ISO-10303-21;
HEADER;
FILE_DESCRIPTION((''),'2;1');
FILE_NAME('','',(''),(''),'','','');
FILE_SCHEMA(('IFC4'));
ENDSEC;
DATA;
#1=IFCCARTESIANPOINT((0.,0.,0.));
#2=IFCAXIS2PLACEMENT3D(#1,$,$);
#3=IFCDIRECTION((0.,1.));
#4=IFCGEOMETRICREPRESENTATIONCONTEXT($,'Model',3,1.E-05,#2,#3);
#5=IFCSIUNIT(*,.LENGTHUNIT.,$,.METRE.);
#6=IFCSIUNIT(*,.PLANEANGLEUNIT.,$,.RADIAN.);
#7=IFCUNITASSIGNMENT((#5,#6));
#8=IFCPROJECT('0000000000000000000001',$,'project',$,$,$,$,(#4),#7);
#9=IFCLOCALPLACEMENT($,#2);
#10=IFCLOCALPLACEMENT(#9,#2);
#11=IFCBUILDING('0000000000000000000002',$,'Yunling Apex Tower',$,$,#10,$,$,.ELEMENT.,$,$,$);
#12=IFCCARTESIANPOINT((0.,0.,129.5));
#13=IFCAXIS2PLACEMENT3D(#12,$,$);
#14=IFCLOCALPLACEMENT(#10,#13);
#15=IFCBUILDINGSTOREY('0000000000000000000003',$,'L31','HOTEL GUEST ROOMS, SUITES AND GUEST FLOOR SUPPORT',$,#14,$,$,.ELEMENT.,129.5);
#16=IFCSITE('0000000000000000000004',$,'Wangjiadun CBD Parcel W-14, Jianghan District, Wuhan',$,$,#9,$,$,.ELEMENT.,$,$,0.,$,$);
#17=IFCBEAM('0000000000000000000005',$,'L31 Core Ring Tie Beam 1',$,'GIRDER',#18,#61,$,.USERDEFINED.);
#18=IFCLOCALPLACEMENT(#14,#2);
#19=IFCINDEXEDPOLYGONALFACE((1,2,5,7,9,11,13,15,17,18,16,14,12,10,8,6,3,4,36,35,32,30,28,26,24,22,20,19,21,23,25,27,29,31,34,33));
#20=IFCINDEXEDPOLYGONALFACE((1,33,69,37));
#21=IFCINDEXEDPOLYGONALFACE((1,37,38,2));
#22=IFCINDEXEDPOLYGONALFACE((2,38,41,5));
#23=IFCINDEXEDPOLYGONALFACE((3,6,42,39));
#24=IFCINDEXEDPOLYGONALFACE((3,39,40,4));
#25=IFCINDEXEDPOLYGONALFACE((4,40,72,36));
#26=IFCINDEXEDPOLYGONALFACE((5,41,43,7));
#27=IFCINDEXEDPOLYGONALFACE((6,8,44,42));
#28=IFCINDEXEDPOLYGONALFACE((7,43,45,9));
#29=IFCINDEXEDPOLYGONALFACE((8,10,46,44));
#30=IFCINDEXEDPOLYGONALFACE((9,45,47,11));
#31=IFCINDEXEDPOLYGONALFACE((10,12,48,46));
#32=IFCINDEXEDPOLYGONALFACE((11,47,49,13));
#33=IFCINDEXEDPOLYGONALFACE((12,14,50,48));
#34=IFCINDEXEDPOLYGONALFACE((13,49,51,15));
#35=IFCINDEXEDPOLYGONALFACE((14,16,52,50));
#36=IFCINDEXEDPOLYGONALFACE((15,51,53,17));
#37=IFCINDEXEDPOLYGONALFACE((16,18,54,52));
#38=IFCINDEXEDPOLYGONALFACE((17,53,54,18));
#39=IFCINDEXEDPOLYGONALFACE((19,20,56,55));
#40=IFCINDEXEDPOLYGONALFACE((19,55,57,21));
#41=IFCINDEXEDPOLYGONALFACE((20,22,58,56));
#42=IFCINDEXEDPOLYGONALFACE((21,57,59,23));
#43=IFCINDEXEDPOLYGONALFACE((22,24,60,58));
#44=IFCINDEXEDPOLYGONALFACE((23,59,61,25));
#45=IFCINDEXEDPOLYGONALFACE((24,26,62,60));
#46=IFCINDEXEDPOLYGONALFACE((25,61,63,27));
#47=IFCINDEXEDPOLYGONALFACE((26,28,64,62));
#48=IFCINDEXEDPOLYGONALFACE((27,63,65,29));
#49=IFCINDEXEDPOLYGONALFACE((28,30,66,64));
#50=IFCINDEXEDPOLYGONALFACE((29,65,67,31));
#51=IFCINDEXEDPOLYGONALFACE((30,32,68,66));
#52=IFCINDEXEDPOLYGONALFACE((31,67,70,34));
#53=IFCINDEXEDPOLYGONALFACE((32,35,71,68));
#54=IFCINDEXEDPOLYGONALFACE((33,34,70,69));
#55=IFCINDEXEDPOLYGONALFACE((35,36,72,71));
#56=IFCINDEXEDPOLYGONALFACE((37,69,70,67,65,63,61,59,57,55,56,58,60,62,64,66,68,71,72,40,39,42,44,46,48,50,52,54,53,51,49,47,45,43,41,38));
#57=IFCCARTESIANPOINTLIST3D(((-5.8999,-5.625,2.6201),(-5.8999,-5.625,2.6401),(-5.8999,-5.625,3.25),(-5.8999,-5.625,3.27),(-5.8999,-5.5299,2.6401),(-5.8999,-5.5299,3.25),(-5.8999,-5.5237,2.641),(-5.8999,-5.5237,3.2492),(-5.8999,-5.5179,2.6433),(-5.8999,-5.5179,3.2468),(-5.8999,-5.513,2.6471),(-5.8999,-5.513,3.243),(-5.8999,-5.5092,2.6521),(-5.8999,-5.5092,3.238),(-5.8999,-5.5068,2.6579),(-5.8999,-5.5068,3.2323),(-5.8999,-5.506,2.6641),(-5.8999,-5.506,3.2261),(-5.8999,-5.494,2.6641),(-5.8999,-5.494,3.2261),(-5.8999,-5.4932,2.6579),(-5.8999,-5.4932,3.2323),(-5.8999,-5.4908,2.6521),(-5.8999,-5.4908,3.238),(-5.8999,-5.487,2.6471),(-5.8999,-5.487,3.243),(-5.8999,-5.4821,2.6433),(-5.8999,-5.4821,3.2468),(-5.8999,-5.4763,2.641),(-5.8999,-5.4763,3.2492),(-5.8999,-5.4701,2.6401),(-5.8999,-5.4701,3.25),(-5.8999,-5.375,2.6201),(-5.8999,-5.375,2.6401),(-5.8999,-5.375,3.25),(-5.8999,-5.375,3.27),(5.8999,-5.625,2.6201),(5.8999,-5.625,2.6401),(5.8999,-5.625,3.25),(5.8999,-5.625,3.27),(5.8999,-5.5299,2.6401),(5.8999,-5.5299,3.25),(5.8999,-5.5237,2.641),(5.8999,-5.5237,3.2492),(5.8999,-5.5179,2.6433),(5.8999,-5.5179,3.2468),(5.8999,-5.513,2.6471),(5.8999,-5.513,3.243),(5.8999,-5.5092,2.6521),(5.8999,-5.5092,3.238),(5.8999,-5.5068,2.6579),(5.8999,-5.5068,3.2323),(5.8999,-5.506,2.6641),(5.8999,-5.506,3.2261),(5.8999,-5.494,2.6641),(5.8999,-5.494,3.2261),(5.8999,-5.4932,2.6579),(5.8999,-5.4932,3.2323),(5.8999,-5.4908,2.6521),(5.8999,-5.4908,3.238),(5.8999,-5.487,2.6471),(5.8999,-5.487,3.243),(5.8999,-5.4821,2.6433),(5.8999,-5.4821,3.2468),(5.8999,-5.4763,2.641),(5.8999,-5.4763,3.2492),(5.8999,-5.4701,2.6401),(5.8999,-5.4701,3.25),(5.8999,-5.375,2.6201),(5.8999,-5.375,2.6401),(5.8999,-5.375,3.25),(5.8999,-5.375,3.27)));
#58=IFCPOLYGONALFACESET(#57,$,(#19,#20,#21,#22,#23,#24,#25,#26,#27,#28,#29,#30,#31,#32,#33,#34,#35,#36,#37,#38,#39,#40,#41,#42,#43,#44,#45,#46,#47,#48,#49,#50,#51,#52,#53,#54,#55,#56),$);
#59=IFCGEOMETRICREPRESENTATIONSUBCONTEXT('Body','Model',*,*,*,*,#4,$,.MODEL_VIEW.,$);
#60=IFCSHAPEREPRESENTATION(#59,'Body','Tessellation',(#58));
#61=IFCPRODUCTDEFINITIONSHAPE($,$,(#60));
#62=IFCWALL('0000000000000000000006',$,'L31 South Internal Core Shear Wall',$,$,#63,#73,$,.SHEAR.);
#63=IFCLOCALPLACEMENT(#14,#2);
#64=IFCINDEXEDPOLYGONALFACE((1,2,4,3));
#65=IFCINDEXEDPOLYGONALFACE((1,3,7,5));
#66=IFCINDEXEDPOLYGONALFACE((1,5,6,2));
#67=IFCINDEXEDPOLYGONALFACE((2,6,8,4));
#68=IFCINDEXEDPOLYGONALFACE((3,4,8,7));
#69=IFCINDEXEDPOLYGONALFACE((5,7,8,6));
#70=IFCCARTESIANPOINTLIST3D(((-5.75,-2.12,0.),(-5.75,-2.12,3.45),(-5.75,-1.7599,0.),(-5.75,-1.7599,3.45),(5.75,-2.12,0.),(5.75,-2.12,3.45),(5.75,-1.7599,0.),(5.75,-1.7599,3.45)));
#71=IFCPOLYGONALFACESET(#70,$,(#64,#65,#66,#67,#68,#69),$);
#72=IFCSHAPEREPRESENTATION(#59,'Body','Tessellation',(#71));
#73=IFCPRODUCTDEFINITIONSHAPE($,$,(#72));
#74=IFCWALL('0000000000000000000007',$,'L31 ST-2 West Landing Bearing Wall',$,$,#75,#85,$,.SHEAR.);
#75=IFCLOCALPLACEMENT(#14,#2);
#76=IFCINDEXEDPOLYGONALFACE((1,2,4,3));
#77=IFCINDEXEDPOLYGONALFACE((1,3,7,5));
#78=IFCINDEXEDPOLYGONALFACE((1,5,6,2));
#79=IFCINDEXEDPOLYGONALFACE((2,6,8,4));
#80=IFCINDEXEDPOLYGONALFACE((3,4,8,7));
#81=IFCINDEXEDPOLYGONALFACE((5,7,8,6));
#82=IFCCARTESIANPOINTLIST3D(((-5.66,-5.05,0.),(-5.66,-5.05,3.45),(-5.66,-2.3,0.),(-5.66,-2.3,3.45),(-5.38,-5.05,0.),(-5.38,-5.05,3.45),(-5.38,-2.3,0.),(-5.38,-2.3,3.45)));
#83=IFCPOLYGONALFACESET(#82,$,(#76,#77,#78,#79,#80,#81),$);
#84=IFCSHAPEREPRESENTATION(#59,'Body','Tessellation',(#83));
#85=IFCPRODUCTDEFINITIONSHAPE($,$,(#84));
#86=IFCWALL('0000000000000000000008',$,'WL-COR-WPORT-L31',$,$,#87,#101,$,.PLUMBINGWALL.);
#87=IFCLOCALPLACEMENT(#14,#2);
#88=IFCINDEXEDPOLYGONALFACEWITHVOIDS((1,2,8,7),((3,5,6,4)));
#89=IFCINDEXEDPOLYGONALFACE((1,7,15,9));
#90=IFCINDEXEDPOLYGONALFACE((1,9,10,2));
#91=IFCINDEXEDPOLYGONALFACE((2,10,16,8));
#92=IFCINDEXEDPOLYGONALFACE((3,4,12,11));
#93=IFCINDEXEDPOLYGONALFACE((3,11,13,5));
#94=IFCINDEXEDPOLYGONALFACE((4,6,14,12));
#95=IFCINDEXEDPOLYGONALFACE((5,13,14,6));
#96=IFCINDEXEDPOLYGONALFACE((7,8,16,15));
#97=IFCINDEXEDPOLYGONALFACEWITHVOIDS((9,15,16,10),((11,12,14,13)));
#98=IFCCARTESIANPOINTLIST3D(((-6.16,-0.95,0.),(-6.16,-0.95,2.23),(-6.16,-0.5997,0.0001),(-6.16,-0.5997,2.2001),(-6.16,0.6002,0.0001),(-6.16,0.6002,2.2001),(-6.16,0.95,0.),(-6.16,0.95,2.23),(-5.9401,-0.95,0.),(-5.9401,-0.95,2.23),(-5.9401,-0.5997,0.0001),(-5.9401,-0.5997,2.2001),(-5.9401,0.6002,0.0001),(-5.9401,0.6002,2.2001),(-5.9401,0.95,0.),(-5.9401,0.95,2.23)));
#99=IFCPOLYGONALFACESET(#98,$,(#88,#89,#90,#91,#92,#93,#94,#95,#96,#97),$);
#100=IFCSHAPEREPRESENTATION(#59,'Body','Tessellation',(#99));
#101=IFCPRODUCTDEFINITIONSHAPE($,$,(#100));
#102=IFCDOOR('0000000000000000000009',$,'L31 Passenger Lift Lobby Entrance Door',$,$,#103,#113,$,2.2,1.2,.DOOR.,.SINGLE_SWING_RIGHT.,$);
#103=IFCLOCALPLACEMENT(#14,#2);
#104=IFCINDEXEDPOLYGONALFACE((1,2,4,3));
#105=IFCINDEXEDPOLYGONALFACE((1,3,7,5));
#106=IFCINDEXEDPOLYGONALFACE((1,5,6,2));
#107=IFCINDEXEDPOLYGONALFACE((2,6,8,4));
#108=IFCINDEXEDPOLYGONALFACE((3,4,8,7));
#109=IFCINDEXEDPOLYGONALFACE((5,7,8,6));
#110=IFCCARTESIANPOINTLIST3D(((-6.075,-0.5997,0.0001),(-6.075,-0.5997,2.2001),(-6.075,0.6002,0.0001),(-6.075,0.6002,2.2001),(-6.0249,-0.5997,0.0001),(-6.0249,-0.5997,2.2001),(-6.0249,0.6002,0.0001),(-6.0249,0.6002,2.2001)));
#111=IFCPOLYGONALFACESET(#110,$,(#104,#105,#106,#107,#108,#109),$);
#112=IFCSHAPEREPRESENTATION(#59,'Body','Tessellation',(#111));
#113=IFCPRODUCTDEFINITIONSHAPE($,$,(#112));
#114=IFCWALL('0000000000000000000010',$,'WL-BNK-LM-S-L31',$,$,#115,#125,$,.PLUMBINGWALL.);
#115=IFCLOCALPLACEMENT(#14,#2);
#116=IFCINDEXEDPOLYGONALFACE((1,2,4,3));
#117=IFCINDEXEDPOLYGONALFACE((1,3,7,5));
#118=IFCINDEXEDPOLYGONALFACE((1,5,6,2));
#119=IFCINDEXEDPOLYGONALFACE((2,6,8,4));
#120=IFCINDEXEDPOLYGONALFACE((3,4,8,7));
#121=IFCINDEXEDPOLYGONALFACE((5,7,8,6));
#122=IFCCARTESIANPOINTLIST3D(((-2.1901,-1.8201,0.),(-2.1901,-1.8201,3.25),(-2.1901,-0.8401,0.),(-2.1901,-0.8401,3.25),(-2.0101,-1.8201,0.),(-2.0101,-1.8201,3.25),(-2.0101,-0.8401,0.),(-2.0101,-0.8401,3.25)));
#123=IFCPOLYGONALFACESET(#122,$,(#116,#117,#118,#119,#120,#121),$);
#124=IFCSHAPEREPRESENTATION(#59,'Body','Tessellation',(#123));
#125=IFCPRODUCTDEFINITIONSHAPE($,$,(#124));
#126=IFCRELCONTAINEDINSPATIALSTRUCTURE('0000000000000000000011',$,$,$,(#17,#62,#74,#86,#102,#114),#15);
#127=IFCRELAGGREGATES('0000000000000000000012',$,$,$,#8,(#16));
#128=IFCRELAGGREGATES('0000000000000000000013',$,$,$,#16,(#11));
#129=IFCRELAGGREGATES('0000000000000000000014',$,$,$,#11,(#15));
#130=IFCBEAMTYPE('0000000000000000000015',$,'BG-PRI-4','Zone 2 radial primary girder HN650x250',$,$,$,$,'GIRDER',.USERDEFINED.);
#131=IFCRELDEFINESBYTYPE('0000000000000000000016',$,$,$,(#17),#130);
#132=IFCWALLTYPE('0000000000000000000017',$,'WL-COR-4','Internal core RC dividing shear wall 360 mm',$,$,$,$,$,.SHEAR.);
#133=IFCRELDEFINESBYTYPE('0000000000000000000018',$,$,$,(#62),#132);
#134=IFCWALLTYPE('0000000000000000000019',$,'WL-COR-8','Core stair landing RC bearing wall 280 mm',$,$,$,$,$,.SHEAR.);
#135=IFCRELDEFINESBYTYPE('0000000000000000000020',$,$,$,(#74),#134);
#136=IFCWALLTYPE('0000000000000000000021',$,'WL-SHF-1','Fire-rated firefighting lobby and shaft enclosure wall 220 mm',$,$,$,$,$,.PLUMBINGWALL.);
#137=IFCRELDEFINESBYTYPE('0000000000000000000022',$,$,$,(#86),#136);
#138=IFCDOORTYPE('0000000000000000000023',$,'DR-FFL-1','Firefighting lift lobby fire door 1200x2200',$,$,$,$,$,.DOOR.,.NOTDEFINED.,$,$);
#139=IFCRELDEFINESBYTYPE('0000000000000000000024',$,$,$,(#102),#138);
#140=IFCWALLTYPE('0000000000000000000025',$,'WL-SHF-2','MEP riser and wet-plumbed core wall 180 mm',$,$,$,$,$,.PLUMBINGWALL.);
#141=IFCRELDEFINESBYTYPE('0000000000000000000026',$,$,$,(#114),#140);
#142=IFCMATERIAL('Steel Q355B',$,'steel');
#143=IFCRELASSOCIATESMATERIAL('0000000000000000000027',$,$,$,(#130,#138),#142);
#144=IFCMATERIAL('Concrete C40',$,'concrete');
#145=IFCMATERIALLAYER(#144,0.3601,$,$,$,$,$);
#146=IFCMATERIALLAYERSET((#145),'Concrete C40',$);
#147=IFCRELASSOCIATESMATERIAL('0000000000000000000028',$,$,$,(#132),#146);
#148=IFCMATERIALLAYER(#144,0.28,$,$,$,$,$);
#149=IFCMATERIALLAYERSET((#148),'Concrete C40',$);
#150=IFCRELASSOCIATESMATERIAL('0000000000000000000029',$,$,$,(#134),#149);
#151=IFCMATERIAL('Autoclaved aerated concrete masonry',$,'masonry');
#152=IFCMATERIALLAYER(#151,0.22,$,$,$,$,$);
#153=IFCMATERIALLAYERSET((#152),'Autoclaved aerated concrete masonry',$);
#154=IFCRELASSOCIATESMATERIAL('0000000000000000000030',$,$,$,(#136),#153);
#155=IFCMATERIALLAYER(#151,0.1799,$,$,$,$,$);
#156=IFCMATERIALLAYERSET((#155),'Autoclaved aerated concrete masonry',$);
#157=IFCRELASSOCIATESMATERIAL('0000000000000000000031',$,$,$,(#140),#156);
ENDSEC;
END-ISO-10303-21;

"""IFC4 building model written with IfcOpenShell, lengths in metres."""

from ifc_helpers import new_model, si_unit, direction, frame, frame_2d, origin, origin_2d, place, context, subcontext, project, spatial, rectangle, i_section, extrude, source, transform, mapped, material, layer, layer_set, material_profile, profile_set, type_object, element, fill, save


model = new_model("IFC4")

# Units and contexts
model_context = context("Model", 3, precision=1e-05, world=origin(), true_north=direction((0.0, 1.0)))
body_context = subcontext(model_context, "Body", "Model", "MODEL_VIEW")
ifc_project = project(units=[si_unit("LENGTHUNIT", "METRE"), si_unit("PLANEANGLEUNIT", "RADIAN")], contexts=[model_context])

# Site, building, storey
site_placement = place(None, origin())
site = spatial("IfcSite", under=ifc_project, at=site_placement, Name="Wangjiadun CBD Parcel W-14, Jianghan District, Wuhan", CompositionType="ELEMENT", RefElevation=0.0)
building_placement = place(site_placement, origin())
building = spatial("IfcBuilding", under=site, at=building_placement, Name="Yunling Apex Tower", CompositionType="ELEMENT")
storey_placement = place(building_placement, frame((0.0, 0.0, 129.5)))
storey = spatial("IfcBuildingStorey", under=building, at=storey_placement, Name="L31", Description="HOTEL GUEST ROOMS, SUITES AND GUEST FLOOR SUPPORT", CompositionType="ELEMENT", Elevation=129.5)

# Beam
ifc_material_1 = material(Name="Steel Q355B", Category="steel")
ifc_material_profile_1 = material_profile(ifc_material_1, i_section(OverallWidth=0.25, OverallDepth=0.6499, WebThickness=0.012, FlangeThickness=0.02, FilletRadius=0.0239, at=origin_2d()))
ifc_profile_set_1 = profile_set([ifc_material_profile_1], Name="Steel Q355B")
beam_type_1 = type_object("IfcBeamType", Name="BG-PRI-4", Description="Zone 2 radial primary girder HN650x250", ElementType="GIRDER", PredefinedType="USERDEFINED", material=ifc_profile_set_1)
shared_shape_1 = source(origin(), body_context, "Body", "SweptSolid", [
    extrude(i_section(OverallWidth=0.25, OverallDepth=0.6499, WebThickness=0.012, FlangeThickness=0.02, FilletRadius=0.0239, at=origin_2d()), origin(), (0.0, 0.0, 1.0), 11.7998),
])
beam_1_placement = place(storey_placement, frame((-5.8999, -5.5, 2.9451), z_axis=(1.0, 0.0, 0.0), x_axis=(0.0, 1.0, 0.0)))
element("IfcBeam", 1, at=beam_1_placement, inside=storey, type_object=beam_type_1, Name="L31 Core Ring Tie Beam 1", ObjectType="GIRDER", PredefinedType="USERDEFINED", context=body_context, shape_type="MappedRepresentation", body=[
    mapped(shared_shape_1, transform((0.0, 0.0, 0.0), scale=1.0)),
])

# Walls
ifc_material_2 = material(Name="Concrete C40", Category="concrete")
ifc_layer_1 = layer(ifc_material_2, 0.3601)
ifc_layer_set_1 = layer_set([ifc_layer_1], Name="Concrete C40")
wall_type_1 = type_object("IfcWallType", Name="WL-COR-4", Description="Internal core RC dividing shear wall 360 mm", PredefinedType="SHEAR", material=ifc_layer_set_1)
wall_1_placement = place(storey_placement, frame((-5.75, -1.9399, 0.0), z_axis=(0.0, 0.0, 1.0), x_axis=(1.0, 0.0, 0.0)))
element("IfcWall", 2, at=wall_1_placement, inside=storey, type_object=wall_type_1, Name="L31 South Internal Core Shear Wall", PredefinedType="SHEAR", context=body_context, shape_type="SweptSolid", body=[
    extrude(rectangle(XDim=11.5, YDim=0.3601, at=frame_2d((5.75, 0.0))), origin(), (0.0, 0.0, 1.0), 3.45),
])
ifc_layer_2 = layer(ifc_material_2, 0.28)
ifc_layer_set_2 = layer_set([ifc_layer_2], Name="Concrete C40")
wall_type_2 = type_object("IfcWallType", Name="WL-COR-8", Description="Core stair landing RC bearing wall 280 mm", PredefinedType="SHEAR", material=ifc_layer_set_2)
wall_2_placement = place(storey_placement, frame((-5.52, -5.05, 0.0), z_axis=(0.0, 0.0, 1.0), x_axis=(0.0, 1.0, 0.0)))
element("IfcWall", 3, at=wall_2_placement, inside=storey, type_object=wall_type_2, Name="L31 ST-2 West Landing Bearing Wall", PredefinedType="SHEAR", context=body_context, shape_type="SweptSolid", body=[
    extrude(rectangle(XDim=2.75, YDim=0.28, at=frame_2d((1.375, 0.0))), origin(), (0.0, 0.0, 1.0), 3.45),
])

# Wall, opening, door
ifc_material_3 = material(Name="Autoclaved aerated concrete masonry", Category="masonry")
ifc_layer_3 = layer(ifc_material_3, 0.22)
ifc_layer_set_3 = layer_set([ifc_layer_3], Name="Autoclaved aerated concrete masonry")
wall_type_3 = type_object("IfcWallType", Name="WL-SHF-1", Description="Fire-rated firefighting lobby and shaft enclosure wall 220 mm", PredefinedType="PLUMBINGWALL", material=ifc_layer_set_3)
wall_3_placement = place(storey_placement, frame((-6.05, -0.95, 0.0), z_axis=(0.0, 0.0, 1.0), x_axis=(0.0, 1.0, 0.0)))
wall_3 = element("IfcWall", 4, at=wall_3_placement, inside=storey, type_object=wall_type_3, Name="WL-COR-WPORT-L31", PredefinedType="PLUMBINGWALL", context=body_context, shape_type="SweptSolid", body=[
    extrude(rectangle(XDim=1.8999, YDim=0.22, at=frame_2d((0.95, 0.0))), origin(), (0.0, 0.0, 1.0), 2.23),
])
opening_1_placement = place(wall_3_placement, frame((0.3501, 0.0, 0.0)))
opening_1 = element("IfcOpeningElement", 5, at=opening_1_placement, cuts=wall_3, PredefinedType="OPENING", context=body_context, shape_type="SweptSolid", body=[
    extrude(rectangle(XDim=1.2, YDim=2.2, at=frame_2d((0.6001, 1.1001))), frame((0.0, 0.1201, 0.0), z_axis=(0.0, -1.0, 0.0), x_axis=(1.0, 0.0, 0.0)), (0.0, 0.0, 1.0), 0.24),
])
door_type_1 = type_object("IfcDoorType", Name="DR-FFL-1", Description="Firefighting lift lobby fire door 1200x2200", OperationType="NOTDEFINED", PredefinedType="DOOR", material=ifc_material_1)
door_1_placement = place(opening_1_placement, origin())
door_1 = element("IfcDoor", 6, at=door_1_placement, inside=storey, type_object=door_type_1, Name="L31 Passenger Lift Lobby Entrance Door", OperationType="SINGLE_SWING_RIGHT", OverallHeight=2.2, OverallWidth=1.2, PredefinedType="DOOR", context=body_context, shape_type="SweptSolid", body=[
    extrude(rectangle(XDim=1.2, YDim=2.2, at=frame_2d((0.6001, 1.1001))), frame((0.0, 0.0249, 0.0), z_axis=(0.0, -1.0, 0.0), x_axis=(1.0, 0.0, 0.0)), (0.0, 0.0, 1.0), 0.05),
])
fill(opening_1, door_1)

# Wall
ifc_layer_4 = layer(ifc_material_3, 0.1799)
ifc_layer_set_4 = layer_set([ifc_layer_4], Name="Autoclaved aerated concrete masonry")
wall_type_4 = type_object("IfcWallType", Name="WL-SHF-2", Description="MEP riser and wet-plumbed core wall 180 mm", PredefinedType="PLUMBINGWALL", material=ifc_layer_set_4)
wall_4_placement = place(storey_placement, frame((-2.1001, -1.8201, 0.0), z_axis=(0.0, 0.0, 1.0), x_axis=(0.0, 1.0, 0.0)))
element("IfcWall", 7, at=wall_4_placement, inside=storey, type_object=wall_type_4, Name="WL-BNK-LM-S-L31", PredefinedType="PLUMBINGWALL", context=body_context, shape_type="SweptSolid", body=[
    extrude(rectangle(XDim=0.98, YDim=0.1799, at=frame_2d((0.49, 0.0))), origin(), (0.0, 0.0, 1.0), 3.25),
])

save(model, "model.ifc")
